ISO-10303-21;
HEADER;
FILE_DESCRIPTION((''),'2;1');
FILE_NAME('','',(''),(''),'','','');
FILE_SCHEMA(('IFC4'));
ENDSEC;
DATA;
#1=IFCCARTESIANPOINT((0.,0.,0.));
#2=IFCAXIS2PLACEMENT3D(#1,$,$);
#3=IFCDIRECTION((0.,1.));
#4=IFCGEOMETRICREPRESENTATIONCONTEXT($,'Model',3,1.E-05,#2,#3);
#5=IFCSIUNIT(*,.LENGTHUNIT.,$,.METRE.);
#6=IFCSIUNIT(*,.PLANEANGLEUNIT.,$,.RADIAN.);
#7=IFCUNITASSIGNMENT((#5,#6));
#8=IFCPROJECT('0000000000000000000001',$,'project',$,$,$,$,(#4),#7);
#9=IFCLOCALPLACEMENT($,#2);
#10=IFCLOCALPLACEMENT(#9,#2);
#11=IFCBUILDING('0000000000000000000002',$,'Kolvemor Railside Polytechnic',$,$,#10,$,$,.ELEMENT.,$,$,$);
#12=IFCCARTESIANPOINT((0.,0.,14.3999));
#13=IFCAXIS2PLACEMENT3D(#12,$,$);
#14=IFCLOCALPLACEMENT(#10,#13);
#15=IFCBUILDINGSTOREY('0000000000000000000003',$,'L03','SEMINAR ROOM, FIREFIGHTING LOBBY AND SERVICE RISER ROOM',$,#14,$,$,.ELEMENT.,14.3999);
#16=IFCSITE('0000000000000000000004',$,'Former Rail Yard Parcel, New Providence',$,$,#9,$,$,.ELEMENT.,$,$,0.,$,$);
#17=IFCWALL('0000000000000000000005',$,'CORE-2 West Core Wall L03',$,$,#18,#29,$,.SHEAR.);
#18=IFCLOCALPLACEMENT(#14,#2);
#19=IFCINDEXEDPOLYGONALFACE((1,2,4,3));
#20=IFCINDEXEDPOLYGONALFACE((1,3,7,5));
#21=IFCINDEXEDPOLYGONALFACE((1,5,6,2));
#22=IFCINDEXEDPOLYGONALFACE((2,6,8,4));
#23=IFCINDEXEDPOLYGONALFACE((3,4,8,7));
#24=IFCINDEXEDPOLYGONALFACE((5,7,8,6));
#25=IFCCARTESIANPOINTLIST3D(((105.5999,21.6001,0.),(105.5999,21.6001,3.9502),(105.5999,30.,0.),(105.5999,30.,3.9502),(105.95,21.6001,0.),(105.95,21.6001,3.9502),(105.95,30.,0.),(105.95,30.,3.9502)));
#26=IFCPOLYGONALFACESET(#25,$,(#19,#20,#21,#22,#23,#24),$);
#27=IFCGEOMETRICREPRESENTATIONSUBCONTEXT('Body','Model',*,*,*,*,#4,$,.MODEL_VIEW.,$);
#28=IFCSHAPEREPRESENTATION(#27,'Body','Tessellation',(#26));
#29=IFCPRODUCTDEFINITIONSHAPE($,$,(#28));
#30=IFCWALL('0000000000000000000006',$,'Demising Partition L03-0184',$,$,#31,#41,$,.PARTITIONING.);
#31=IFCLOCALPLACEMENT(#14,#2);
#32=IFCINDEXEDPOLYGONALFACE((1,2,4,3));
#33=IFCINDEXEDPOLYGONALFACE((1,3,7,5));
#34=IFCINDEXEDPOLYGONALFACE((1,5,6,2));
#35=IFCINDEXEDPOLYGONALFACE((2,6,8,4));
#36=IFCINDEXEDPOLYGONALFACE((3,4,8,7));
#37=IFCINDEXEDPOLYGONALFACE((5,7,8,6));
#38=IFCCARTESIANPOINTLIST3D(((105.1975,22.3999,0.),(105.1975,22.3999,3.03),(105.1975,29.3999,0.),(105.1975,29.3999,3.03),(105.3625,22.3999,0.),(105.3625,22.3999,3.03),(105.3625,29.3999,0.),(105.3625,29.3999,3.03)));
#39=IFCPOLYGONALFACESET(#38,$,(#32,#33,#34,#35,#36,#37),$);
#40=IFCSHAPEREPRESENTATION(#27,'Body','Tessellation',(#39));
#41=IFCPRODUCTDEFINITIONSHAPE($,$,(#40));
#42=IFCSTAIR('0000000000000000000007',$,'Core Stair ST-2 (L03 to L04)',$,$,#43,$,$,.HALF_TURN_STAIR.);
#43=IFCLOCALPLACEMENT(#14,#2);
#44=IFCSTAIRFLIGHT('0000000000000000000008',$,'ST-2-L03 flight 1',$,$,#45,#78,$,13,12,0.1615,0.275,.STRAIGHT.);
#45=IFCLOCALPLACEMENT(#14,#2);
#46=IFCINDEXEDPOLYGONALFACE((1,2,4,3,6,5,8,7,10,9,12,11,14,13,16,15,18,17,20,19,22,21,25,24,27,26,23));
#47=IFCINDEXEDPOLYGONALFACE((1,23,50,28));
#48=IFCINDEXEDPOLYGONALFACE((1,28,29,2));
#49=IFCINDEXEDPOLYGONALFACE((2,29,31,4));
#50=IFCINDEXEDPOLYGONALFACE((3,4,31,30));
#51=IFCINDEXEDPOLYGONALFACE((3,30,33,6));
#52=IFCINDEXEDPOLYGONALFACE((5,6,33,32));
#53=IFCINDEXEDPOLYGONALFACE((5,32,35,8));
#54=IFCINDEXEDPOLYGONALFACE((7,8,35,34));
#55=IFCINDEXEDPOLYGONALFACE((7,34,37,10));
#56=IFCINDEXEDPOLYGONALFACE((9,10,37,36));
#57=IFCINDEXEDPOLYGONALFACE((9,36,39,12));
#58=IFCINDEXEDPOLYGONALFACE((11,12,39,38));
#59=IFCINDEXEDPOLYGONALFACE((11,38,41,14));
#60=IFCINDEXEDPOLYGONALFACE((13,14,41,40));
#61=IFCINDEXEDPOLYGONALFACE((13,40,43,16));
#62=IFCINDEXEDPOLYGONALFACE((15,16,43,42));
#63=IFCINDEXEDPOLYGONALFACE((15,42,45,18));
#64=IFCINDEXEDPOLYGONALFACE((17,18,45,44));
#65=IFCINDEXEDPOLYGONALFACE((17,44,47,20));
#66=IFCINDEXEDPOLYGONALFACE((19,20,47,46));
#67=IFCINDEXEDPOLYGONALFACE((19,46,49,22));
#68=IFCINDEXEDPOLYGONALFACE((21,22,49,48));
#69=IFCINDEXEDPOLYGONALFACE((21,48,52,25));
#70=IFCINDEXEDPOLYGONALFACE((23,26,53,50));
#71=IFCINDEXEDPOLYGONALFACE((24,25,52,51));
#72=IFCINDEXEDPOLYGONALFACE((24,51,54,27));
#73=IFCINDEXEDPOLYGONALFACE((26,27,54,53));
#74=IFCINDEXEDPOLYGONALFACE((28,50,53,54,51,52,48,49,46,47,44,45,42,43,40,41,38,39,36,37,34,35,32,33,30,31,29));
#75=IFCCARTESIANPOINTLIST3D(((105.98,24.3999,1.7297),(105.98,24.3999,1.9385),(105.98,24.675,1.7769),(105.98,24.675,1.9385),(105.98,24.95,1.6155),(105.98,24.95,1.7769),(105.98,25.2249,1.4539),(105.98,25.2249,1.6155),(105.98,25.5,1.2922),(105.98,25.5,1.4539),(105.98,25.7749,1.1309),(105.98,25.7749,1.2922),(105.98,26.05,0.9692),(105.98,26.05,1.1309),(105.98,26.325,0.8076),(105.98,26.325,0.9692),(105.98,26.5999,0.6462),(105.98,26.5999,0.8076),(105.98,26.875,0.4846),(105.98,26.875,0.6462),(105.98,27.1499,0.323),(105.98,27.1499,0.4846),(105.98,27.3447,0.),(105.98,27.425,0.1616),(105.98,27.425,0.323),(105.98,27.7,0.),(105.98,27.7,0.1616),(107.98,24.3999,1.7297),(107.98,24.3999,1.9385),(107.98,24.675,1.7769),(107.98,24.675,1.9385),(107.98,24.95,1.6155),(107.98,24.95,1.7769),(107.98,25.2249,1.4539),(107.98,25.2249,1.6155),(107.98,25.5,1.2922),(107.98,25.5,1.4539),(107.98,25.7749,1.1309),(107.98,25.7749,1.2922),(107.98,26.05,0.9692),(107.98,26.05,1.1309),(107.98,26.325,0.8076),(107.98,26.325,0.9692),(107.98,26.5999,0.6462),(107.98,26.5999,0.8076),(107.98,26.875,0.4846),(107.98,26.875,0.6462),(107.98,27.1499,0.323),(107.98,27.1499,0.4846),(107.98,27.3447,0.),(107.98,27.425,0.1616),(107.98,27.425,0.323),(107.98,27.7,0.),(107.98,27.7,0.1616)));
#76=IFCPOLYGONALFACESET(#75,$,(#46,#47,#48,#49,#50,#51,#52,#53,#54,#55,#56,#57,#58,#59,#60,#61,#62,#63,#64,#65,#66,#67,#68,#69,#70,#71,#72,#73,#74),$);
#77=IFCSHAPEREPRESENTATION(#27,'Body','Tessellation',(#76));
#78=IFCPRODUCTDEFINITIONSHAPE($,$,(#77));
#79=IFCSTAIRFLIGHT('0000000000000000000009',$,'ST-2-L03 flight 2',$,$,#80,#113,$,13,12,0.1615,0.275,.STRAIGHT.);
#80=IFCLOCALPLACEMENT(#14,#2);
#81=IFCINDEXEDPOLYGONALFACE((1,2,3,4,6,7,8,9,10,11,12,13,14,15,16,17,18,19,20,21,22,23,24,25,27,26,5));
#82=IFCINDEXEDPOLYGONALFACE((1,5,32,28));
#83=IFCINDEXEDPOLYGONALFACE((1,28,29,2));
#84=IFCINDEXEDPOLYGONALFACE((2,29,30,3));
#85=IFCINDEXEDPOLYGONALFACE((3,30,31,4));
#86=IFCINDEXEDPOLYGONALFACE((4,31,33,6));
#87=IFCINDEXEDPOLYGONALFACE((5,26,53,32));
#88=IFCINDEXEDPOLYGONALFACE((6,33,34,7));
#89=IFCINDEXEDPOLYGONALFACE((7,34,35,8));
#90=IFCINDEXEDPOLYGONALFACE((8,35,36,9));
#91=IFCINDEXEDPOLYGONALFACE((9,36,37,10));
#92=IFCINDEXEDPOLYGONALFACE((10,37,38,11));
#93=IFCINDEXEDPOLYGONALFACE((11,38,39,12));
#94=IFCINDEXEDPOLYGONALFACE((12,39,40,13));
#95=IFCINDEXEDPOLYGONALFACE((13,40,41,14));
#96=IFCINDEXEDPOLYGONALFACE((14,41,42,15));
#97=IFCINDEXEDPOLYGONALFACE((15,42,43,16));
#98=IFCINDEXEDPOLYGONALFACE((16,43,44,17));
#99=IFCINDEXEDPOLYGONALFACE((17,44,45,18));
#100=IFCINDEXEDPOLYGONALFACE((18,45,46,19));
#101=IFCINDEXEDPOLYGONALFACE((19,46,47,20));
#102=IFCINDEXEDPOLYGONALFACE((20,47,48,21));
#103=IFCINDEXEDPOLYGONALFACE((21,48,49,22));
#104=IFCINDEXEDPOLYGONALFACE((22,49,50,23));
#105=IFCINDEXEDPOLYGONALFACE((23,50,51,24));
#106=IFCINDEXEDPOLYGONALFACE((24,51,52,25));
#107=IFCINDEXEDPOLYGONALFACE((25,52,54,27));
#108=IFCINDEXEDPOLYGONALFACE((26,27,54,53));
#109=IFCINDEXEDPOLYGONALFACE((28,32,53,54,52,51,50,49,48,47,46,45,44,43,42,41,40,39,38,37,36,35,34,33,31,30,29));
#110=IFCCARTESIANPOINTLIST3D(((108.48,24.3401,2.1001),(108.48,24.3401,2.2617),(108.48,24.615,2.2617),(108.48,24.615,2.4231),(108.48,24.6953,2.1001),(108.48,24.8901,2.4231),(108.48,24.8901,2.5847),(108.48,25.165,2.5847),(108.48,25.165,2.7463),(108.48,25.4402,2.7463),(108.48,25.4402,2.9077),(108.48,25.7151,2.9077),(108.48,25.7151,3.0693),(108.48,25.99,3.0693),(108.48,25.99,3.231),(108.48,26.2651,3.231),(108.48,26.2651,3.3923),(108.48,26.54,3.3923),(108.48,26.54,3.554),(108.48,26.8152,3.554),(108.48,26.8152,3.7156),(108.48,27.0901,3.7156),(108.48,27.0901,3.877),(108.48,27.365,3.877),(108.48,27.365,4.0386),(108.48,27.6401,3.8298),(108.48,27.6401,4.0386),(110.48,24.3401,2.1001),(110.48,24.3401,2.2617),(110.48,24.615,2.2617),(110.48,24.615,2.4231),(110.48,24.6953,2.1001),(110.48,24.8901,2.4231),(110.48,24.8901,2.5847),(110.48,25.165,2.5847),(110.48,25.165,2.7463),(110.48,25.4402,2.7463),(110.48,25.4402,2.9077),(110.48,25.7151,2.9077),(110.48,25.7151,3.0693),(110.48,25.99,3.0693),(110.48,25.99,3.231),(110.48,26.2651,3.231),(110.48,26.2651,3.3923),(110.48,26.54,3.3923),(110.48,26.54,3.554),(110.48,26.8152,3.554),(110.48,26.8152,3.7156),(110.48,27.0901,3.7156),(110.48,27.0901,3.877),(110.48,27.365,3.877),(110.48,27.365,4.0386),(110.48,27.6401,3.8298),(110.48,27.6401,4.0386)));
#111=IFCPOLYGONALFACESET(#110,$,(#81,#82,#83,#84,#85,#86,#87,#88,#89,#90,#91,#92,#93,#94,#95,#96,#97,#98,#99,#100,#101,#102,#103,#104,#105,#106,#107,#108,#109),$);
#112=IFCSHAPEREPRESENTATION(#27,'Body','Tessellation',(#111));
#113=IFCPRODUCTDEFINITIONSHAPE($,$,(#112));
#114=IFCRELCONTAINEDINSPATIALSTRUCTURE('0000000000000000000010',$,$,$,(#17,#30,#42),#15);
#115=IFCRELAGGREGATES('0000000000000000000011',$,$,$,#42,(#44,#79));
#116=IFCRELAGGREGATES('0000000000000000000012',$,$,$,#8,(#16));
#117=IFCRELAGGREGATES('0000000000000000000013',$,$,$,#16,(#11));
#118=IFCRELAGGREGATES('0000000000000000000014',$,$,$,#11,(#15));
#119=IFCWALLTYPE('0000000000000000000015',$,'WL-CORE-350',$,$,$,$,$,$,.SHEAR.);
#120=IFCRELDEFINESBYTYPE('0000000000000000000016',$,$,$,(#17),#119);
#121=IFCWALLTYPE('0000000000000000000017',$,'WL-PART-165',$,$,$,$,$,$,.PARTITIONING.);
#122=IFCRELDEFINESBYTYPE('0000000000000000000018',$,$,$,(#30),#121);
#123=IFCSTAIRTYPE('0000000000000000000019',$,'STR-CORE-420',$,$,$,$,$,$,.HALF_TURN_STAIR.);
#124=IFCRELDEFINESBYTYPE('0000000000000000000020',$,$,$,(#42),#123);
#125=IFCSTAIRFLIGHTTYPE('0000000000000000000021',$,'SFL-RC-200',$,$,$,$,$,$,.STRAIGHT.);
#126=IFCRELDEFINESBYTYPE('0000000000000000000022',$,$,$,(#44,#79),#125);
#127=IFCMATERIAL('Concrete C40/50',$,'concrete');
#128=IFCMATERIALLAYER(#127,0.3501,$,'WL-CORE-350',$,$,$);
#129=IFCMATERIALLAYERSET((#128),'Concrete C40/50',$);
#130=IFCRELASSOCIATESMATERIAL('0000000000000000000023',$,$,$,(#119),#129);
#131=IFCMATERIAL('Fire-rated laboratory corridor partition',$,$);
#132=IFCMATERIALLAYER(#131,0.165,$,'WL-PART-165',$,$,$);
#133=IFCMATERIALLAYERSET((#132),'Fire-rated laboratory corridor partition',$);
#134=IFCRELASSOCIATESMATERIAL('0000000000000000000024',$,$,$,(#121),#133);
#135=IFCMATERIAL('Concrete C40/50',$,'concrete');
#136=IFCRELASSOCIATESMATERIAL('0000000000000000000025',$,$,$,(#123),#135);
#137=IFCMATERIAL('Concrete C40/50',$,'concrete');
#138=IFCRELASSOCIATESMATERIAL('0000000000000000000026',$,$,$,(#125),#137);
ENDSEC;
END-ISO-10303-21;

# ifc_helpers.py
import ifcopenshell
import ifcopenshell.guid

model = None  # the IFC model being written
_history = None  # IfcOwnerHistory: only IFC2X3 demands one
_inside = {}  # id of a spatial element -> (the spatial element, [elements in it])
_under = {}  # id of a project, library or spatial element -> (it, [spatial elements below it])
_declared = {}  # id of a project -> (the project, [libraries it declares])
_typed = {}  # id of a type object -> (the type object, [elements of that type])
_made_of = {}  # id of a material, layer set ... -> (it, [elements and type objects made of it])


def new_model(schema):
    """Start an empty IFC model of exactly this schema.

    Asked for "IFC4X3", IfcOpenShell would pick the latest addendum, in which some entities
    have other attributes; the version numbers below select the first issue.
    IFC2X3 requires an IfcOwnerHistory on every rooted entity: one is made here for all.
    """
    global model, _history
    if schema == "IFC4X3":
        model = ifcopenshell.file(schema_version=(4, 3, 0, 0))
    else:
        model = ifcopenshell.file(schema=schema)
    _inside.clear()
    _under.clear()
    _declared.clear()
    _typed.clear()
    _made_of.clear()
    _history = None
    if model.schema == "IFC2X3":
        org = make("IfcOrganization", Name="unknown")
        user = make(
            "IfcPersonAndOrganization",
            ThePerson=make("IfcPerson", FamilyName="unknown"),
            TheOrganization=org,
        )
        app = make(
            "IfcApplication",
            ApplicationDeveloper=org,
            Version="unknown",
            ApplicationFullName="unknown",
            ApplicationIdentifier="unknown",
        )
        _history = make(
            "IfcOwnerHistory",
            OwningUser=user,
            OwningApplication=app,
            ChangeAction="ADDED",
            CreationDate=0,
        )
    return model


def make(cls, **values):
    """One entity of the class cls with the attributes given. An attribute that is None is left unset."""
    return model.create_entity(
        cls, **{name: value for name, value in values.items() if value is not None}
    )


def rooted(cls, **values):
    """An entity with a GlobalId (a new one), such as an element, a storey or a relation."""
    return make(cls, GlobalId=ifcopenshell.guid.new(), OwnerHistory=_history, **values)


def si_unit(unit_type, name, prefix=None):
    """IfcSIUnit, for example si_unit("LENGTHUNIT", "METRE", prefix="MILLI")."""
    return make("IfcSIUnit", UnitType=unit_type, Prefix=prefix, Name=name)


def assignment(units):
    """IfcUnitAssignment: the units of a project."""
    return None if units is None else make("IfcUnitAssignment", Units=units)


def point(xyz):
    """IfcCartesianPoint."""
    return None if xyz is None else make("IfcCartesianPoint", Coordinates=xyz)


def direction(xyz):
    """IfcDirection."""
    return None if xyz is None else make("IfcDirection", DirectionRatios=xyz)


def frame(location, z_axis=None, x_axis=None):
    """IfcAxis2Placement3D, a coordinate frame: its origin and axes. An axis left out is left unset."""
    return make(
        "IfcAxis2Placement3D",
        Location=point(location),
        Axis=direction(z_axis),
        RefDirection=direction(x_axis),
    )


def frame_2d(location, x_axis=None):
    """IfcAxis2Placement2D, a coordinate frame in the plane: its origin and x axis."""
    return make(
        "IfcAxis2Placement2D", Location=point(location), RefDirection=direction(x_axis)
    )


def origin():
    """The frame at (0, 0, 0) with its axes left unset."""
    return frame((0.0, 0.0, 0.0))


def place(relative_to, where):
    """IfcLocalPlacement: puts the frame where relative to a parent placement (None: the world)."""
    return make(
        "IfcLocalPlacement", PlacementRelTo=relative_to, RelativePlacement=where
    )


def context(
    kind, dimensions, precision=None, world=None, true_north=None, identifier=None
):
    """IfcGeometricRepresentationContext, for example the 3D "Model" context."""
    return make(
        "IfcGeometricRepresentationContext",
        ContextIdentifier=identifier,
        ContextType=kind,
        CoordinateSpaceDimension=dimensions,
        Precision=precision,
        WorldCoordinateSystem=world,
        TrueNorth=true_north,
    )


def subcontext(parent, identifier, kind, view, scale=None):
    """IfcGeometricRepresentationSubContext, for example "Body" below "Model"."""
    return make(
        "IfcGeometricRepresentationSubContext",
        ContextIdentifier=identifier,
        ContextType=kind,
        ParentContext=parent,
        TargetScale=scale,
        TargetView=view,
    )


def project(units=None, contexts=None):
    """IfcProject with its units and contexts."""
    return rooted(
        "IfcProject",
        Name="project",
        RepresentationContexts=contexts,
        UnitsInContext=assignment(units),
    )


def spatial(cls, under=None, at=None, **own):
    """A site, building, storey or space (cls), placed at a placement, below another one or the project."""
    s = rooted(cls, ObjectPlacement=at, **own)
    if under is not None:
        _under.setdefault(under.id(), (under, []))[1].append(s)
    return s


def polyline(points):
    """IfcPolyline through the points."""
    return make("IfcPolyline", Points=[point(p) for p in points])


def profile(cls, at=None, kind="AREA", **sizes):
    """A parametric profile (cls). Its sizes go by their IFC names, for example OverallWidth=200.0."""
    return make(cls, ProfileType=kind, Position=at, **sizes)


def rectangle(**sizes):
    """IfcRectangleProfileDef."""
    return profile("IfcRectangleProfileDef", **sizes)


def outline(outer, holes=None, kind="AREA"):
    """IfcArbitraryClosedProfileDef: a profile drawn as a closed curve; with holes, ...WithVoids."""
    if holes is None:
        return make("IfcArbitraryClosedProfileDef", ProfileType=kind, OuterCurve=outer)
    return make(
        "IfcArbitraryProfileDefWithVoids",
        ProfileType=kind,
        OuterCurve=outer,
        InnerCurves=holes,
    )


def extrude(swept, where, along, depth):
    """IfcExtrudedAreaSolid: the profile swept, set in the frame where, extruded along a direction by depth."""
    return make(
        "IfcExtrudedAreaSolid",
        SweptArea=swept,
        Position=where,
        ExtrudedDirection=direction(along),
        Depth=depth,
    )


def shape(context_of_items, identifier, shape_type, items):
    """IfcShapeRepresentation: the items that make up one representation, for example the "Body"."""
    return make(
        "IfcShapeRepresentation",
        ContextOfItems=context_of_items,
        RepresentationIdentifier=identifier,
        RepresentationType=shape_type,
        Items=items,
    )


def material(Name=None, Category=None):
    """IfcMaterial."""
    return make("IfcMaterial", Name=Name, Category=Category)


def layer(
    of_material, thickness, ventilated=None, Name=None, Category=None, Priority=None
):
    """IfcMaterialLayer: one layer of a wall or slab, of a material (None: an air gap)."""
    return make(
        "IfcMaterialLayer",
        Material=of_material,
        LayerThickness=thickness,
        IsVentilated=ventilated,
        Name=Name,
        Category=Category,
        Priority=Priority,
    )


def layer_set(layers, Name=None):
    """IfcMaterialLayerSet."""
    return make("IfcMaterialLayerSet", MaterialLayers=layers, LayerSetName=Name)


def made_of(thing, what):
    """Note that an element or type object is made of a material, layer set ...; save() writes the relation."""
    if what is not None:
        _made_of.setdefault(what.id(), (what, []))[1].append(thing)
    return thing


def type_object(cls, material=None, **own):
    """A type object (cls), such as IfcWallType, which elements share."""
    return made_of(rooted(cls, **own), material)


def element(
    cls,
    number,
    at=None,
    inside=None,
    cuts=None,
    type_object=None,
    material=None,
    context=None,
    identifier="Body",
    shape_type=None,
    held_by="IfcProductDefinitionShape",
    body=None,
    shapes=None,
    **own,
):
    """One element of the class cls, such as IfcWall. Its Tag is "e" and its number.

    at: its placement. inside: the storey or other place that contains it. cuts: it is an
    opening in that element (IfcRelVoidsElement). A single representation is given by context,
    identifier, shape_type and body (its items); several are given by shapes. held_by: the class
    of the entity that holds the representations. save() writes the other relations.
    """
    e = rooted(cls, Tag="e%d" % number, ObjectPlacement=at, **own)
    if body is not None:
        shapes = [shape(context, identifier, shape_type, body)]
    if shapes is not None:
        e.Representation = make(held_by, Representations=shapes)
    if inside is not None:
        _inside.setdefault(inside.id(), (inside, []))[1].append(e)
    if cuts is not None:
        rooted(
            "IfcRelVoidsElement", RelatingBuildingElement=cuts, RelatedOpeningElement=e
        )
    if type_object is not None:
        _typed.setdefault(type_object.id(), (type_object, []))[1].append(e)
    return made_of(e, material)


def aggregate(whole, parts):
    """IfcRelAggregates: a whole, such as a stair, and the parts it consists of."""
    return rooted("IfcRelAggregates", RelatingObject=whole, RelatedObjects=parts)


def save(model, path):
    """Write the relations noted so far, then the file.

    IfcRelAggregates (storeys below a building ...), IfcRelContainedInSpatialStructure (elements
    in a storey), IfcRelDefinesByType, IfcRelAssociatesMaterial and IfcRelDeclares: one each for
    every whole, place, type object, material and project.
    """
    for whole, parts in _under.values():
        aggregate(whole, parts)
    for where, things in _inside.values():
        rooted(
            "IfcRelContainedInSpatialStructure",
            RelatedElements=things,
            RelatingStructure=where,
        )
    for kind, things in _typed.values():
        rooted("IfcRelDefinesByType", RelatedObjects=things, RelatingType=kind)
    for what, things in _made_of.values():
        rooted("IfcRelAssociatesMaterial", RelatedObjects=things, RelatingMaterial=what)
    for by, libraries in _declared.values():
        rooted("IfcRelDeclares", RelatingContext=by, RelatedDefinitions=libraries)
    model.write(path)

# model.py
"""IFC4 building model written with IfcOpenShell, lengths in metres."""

from ifc_helpers import new_model, si_unit, direction, frame, frame_2d, origin, place, context, subcontext, project, spatial, polyline, rectangle, outline, extrude, material, layer, layer_set, type_object, element, aggregate, save


model = new_model("IFC4")

# Units and contexts
model_context = context("Model", 3, precision=1e-05, world=origin(), true_north=direction((0.0, 1.0)))
body_context = subcontext(model_context, "Body", "Model", "MODEL_VIEW")
ifc_project = project(units=[si_unit("LENGTHUNIT", "METRE"), si_unit("PLANEANGLEUNIT", "RADIAN")], contexts=[model_context])

# Site, building, storey
site_placement = place(None, origin())
site = spatial("IfcSite", under=ifc_project, at=site_placement, Name="Former Rail Yard Parcel, New Providence", CompositionType="ELEMENT", RefElevation=0.0)
building_placement = place(site_placement, origin())
building = spatial("IfcBuilding", under=site, at=building_placement, Name="Kolvemor Railside Polytechnic", CompositionType="ELEMENT")
storey_placement = place(building_placement, frame((0.0, 0.0, 14.3999)))
storey = spatial("IfcBuildingStorey", under=building, at=storey_placement, Name="L03", Description="SEMINAR ROOM, FIREFIGHTING LOBBY AND SERVICE RISER ROOM", CompositionType="ELEMENT", Elevation=14.3999)

# Walls
ifc_material_1 = material(Name="Concrete C40/50", Category="concrete")
ifc_layer_1 = layer(ifc_material_1, 0.3501, Name="WL-CORE-350")
ifc_layer_set_1 = layer_set([ifc_layer_1], Name="Concrete C40/50")
wall_type_1 = type_object("IfcWallType", Name="WL-CORE-350", PredefinedType="SHEAR", material=ifc_layer_set_1)
wall_1_placement = place(storey_placement, frame((105.7749, 21.6001, 0.0), z_axis=(0.0, 0.0, 1.0), x_axis=(0.0, 1.0, 0.0)))
element("IfcWall", 1, at=wall_1_placement, inside=storey, type_object=wall_type_1, Name="CORE-2 West Core Wall L03", PredefinedType="SHEAR", context=body_context, shape_type="SweptSolid", body=[
    extrude(rectangle(XDim=8.3999, YDim=0.3501, at=frame_2d((4.2, 0.0))), origin(), (0.0, 0.0, 1.0), 3.9502),
])
ifc_material_2 = material(Name="Fire-rated laboratory corridor partition")
ifc_layer_2 = layer(ifc_material_2, 0.165, Name="WL-PART-165")
ifc_layer_set_2 = layer_set([ifc_layer_2], Name="Fire-rated laboratory corridor partition")
wall_type_2 = type_object("IfcWallType", Name="WL-PART-165", PredefinedType="PARTITIONING", material=ifc_layer_set_2)
wall_2_placement = place(storey_placement, frame((105.28, 22.3999, 0.0), z_axis=(0.0, 0.0, 1.0), x_axis=(0.0, 1.0, 0.0)))
element("IfcWall", 2, at=wall_2_placement, inside=storey, type_object=wall_type_2, Name="Demising Partition L03-0184", PredefinedType="PARTITIONING", context=body_context, shape_type="SweptSolid", body=[
    extrude(rectangle(XDim=7.0, YDim=0.165, at=frame_2d((3.5, 0.0))), origin(), (0.0, 0.0, 1.0), 3.03),
])

# Stair, stair flights
ifc_material_3 = material(Name="Concrete C40/50", Category="concrete")
stair_type = type_object("IfcStairType", Name="STR-CORE-420", PredefinedType="HALF_TURN_STAIR", material=ifc_material_3)
stair_placement = place(storey_placement, origin())
stair = element("IfcStair", 3, at=stair_placement, inside=storey, type_object=stair_type, Name="Core Stair ST-2 (L03 to L04)", PredefinedType="HALF_TURN_STAIR")
ifc_material_4 = material(Name="Concrete C40/50", Category="concrete")
stair_flight_type = type_object("IfcStairFlightType", Name="SFL-RC-200", PredefinedType="STRAIGHT", material=ifc_material_4)
stair_flight_1_placement = place(storey_placement, frame((106.98, 27.7, 0.0), z_axis=(0.0, 0.0, 1.0), x_axis=(0.0, -1.0, 0.0)))
stair_flight_1 = element("IfcStairFlight", 4, at=stair_flight_1_placement, type_object=stair_flight_type, Name="ST-2-L03 flight 1", NumberOfRisers=13, NumberOfTreads=12, PredefinedType="STRAIGHT", RiserHeight=0.1615, TreadLength=0.275, context=body_context, shape_type="SweptSolid", body=[
    extrude(outline(polyline([(0.0, 0.0), (0.0, 0.1616), (0.2749, 0.1616), (0.2749, 0.323), (0.55, 0.323), (0.55, 0.4846), (0.825, 0.4846), (0.825, 0.6462), (1.1001, 0.6462), (1.1001, 0.8076), (1.375, 0.8076), (1.375, 0.9692), (1.6499, 0.9692), (1.6499, 1.1309), (1.925, 1.1309), (1.925, 1.2922), (2.2, 1.2922), (2.2, 1.4539), (2.4751, 1.4539), (2.4751, 1.6155), (2.75, 1.6155), (2.75, 1.7769), (3.0249, 1.7769), (3.0249, 1.9385), (3.3, 1.9385), (3.3, 2.1001), (3.3, 1.7297), (0.3552, 0.0), (0.0, 0.0)])), frame((0.0, 1.0, 0.0), z_axis=(0.0, -1.0, 0.0), x_axis=(1.0, 0.0, 0.0)), (0.0, 0.0, 1.0), 2.0),
])
stair_flight_2_placement = place(storey_placement, frame((109.48, 24.3401, 2.1001), z_axis=(0.0, 0.0, 1.0), x_axis=(0.0, 1.0, 0.0)))
stair_flight_2 = element("IfcStairFlight", 5, at=stair_flight_2_placement, type_object=stair_flight_type, Name="ST-2-L03 flight 2", NumberOfRisers=13, NumberOfTreads=12, PredefinedType="STRAIGHT", RiserHeight=0.1615, TreadLength=0.275, context=body_context, shape_type="SweptSolid", body=[
    extrude(outline(polyline([(0.0, 0.0), (0.0, 0.1616), (0.2749, 0.1616), (0.2749, 0.323), (0.55, 0.323), (0.55, 0.4846), (0.825, 0.4846), (0.825, 0.6462), (1.1001, 0.6462), (1.1001, 0.8076), (1.375, 0.8076), (1.375, 0.9692), (1.6499, 0.9692), (1.6499, 1.1309), (1.925, 1.1309), (1.925, 1.2922), (2.2, 1.2922), (2.2, 1.4539), (2.4751, 1.4539), (2.4751, 1.6155), (2.75, 1.6155), (2.75, 1.7769), (3.0249, 1.7769), (3.0249, 1.9385), (3.3, 1.9385), (3.3, 2.1001), (3.3, 1.7297), (0.3552, 0.0), (0.0, 0.0)])), frame((0.0, 1.0, 0.0), z_axis=(0.0, -1.0, 0.0), x_axis=(1.0, 0.0, 0.0)), (0.0, 0.0, 1.0), 2.0),
])
aggregate(stair, [stair_flight_1, stair_flight_2])

save(model, "model.ifc")
